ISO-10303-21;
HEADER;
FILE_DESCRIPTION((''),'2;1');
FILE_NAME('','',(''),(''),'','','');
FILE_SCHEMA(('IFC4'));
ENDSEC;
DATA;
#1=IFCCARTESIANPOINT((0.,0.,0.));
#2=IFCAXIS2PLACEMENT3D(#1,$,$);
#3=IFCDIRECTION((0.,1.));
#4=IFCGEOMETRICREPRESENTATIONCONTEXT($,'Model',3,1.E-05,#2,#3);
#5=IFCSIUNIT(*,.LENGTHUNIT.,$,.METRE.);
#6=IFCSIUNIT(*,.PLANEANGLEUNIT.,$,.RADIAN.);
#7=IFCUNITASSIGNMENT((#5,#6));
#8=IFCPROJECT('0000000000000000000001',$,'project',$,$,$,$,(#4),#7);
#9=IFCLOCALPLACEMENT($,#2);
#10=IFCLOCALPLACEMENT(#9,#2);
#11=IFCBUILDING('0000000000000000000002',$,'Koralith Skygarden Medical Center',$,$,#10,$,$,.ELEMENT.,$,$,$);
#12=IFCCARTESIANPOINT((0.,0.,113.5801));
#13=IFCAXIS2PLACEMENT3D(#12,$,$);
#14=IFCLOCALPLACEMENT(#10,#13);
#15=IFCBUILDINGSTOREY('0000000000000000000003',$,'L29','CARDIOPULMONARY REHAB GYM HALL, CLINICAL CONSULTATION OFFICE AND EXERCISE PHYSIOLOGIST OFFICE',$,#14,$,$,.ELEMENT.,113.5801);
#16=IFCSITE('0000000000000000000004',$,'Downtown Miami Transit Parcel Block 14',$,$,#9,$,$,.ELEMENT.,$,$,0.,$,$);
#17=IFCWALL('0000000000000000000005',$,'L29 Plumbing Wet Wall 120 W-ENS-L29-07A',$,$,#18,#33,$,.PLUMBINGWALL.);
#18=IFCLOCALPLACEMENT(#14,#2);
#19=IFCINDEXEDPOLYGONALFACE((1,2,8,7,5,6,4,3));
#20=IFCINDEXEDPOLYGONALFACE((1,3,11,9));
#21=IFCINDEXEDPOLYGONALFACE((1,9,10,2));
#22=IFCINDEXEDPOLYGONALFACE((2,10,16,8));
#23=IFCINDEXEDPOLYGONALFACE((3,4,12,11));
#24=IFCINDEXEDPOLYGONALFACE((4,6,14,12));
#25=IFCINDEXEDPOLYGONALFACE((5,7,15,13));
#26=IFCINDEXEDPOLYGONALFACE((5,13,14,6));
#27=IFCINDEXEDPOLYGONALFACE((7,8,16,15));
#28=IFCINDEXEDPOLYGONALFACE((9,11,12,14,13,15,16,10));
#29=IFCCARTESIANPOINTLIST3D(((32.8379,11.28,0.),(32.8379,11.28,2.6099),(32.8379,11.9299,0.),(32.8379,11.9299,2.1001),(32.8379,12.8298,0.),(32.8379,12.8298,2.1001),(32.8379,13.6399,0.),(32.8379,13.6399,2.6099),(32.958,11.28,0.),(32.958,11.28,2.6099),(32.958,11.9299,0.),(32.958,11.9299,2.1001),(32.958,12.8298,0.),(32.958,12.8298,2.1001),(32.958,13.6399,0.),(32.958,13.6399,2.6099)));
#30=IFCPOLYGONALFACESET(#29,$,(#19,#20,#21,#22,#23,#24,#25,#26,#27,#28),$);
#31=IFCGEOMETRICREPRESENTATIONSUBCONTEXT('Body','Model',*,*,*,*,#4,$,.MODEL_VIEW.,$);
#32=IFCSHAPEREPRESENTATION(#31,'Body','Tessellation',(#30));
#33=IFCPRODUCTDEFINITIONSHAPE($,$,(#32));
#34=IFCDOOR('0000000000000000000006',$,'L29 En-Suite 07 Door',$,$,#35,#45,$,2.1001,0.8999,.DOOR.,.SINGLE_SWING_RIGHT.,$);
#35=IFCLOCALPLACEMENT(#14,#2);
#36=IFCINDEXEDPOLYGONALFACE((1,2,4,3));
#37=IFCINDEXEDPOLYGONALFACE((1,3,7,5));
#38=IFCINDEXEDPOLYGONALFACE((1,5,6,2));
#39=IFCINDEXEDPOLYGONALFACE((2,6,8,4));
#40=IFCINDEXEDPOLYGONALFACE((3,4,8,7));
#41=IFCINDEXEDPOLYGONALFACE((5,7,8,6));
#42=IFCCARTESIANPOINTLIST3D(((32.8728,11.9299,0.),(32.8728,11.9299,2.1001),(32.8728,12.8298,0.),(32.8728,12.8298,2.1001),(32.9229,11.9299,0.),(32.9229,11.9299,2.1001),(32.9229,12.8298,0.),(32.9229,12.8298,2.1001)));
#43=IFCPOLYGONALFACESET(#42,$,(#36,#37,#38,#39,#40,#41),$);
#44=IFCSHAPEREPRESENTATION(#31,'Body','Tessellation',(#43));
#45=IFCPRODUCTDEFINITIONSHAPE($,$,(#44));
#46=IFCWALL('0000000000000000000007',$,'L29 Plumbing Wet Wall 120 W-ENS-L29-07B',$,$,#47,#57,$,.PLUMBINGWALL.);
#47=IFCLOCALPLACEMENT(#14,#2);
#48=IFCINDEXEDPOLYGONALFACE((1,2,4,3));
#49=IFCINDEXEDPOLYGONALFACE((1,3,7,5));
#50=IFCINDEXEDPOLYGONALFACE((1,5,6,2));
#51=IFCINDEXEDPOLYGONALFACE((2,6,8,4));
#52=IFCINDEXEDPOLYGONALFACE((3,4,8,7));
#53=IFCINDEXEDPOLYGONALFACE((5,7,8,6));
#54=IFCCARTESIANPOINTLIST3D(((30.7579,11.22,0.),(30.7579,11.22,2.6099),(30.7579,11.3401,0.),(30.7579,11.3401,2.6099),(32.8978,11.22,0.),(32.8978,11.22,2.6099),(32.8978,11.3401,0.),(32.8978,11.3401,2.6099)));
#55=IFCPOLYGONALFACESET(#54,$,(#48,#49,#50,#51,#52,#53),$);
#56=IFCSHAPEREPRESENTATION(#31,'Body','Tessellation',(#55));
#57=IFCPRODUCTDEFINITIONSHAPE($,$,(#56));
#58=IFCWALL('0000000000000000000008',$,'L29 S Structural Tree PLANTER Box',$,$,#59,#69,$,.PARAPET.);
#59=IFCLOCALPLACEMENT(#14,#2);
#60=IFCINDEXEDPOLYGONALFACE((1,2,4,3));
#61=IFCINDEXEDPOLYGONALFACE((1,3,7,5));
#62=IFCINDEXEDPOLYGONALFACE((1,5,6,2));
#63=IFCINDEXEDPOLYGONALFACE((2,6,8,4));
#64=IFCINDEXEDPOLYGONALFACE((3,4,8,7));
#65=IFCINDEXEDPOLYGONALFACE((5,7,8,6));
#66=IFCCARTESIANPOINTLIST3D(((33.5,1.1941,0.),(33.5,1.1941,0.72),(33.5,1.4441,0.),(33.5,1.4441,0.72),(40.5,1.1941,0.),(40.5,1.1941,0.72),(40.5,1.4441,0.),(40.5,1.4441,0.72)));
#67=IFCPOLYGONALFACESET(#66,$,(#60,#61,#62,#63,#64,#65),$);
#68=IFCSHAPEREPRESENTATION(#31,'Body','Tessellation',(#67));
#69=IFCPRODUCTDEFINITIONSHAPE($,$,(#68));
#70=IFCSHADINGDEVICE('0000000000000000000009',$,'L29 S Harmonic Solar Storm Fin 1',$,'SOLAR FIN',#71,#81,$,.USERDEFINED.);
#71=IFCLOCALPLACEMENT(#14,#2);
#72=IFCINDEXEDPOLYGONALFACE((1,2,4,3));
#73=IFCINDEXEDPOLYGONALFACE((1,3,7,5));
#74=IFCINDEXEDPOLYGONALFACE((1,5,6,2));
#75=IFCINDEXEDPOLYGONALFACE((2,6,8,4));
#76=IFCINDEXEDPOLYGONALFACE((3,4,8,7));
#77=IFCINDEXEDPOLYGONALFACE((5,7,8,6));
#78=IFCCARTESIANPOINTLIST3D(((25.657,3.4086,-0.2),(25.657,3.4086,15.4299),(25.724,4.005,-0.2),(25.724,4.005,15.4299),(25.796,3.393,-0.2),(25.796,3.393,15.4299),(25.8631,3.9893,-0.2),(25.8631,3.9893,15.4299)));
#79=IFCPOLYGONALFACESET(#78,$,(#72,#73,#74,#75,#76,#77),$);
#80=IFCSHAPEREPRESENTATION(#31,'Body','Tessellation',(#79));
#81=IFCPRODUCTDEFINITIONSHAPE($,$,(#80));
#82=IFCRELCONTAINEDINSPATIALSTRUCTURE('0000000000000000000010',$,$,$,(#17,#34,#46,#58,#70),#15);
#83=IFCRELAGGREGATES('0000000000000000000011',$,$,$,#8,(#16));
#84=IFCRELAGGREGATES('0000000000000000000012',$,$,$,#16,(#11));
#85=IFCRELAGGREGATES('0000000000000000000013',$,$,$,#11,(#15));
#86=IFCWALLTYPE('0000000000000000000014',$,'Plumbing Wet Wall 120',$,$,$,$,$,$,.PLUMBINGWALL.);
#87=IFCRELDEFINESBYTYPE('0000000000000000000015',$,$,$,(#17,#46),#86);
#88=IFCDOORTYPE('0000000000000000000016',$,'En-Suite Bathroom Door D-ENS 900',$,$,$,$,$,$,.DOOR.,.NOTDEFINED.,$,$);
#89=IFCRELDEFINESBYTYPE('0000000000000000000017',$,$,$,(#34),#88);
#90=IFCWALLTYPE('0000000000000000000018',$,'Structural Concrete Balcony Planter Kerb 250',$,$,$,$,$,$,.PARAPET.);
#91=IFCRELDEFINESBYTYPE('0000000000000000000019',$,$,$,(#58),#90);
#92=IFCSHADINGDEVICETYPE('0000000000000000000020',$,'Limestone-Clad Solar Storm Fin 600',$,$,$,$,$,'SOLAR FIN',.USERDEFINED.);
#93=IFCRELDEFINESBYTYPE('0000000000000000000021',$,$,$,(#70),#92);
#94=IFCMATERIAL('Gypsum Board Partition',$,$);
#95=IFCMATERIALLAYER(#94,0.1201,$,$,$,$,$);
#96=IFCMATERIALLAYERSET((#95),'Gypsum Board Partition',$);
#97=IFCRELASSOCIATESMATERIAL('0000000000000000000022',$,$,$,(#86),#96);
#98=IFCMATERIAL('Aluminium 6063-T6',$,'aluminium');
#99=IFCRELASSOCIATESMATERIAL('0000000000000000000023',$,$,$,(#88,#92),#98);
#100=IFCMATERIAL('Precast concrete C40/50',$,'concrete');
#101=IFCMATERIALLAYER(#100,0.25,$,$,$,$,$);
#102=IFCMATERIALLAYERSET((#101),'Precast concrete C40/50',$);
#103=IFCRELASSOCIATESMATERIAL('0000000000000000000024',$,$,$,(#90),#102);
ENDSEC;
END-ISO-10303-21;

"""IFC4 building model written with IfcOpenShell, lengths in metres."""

from ifc_helpers import new_model, si_unit, direction, frame, frame_2d, origin, origin_2d, place, context, subcontext, project, spatial, rectangle, extrude, material, layer, layer_set, type_object, element, fill, save


model = new_model("IFC4")

# Units and contexts
model_context = context("Model", 3, precision=1e-05, world=origin(), true_north=direction((0.0, 1.0)))
body_context = subcontext(model_context, "Body", "Model", "MODEL_VIEW")
ifc_project = project(units=[si_unit("LENGTHUNIT", "METRE"), si_unit("PLANEANGLEUNIT", "RADIAN")], contexts=[model_context])

# Site, building, storey
site_placement = place(None, origin())
site = spatial("IfcSite", under=ifc_project, at=site_placement, Name="Downtown Miami Transit Parcel Block 14", CompositionType="ELEMENT", RefElevation=0.0)
building_placement = place(site_placement, origin())
building = spatial("IfcBuilding", under=site, at=building_placement, Name="Koralith Skygarden Medical Center", CompositionType="ELEMENT")
storey_placement = place(building_placement, frame((0.0, 0.0, 113.5801)))
storey = spatial("IfcBuildingStorey", under=building, at=storey_placement, Name="L29", Description="CARDIOPULMONARY REHAB GYM HALL, CLINICAL CONSULTATION OFFICE AND EXERCISE PHYSIOLOGIST OFFICE", CompositionType="ELEMENT", Elevation=113.5801)

# Shared definitions
ifc_material_1 = material(Name="Aluminium 6063-T6", Category="aluminium")

# Shared definitions
ifc_material_2 = material(Name="Gypsum Board Partition")

# Wall, opening, door
ifc_layer_1 = layer(ifc_material_2, 0.1201)
ifc_layer_set_1 = layer_set([ifc_layer_1], Name="Gypsum Board Partition")
wall_type_1 = type_object("IfcWallType", Name="Plumbing Wet Wall 120", PredefinedType="PLUMBINGWALL", material=ifc_layer_set_1)
wall_1_placement = place(storey_placement, frame((32.8979, 11.28, 0.0), z_axis=(0.0, 0.0, 1.0), x_axis=(0.0, 1.0, 0.0)))
wall_1 = element("IfcWall", 1, at=wall_1_placement, inside=storey, type_object=wall_type_1, Name="L29 Plumbing Wet Wall 120 W-ENS-L29-07A", PredefinedType="PLUMBINGWALL", context=body_context, shape_type="SweptSolid", body=[
    extrude(rectangle(XDim=2.3599, YDim=0.1201, at=frame_2d((1.1799, 0.0))), origin(), (0.0, 0.0, 1.0), 2.6099),
])
opening_1_placement = place(wall_1_placement, frame((0.6499, 0.0, 0.0)))
opening_1 = element("IfcOpeningElement", 2, at=opening_1_placement, cuts=wall_1, PredefinedType="OPENING", context=body_context, shape_type="SweptSolid", body=[
    extrude(rectangle(XDim=0.8999, YDim=2.1001, at=frame_2d((0.45, 1.05))), frame((0.0, 0.0701, 0.0), z_axis=(0.0, -1.0, 0.0), x_axis=(1.0, 0.0, 0.0)), (0.0, 0.0, 1.0), 0.1401),
])
door_type_1 = type_object("IfcDoorType", Name="En-Suite Bathroom Door D-ENS 900", OperationType="NOTDEFINED", PredefinedType="DOOR", material=ifc_material_1)
door_1_placement = place(opening_1_placement, frame((0.8999, 0.0, 0.0), z_axis=(0.0, 0.0, 1.0), x_axis=(-1.0, 0.0, 0.0)))
door_1 = element("IfcDoor", 3, at=door_1_placement, inside=storey, type_object=door_type_1, Name="L29 En-Suite 07 Door", OperationType="SINGLE_SWING_RIGHT", OverallHeight=2.1001, OverallWidth=0.8999, PredefinedType="DOOR", context=body_context, shape_type="SweptSolid", body=[
    extrude(rectangle(XDim=0.8999, YDim=2.1001, at=frame_2d((0.45, 1.05))), frame((0.0, 0.0249, 0.0), z_axis=(0.0, -1.0, 0.0), x_axis=(1.0, 0.0, 0.0)), (0.0, 0.0, 1.0), 0.05),
])
fill(opening_1, door_1)

# Walls
wall_2_placement = place(storey_placement, frame((30.7581, 11.28, 0.0), z_axis=(0.0, 0.0, 1.0), x_axis=(1.0, 0.0, 0.0)))
element("IfcWall", 4, at=wall_2_placement, inside=storey, type_object=wall_type_1, Name="L29 Plumbing Wet Wall 120 W-ENS-L29-07B", PredefinedType="PLUMBINGWALL", context=body_context, shape_type="SweptSolid", body=[
    extrude(rectangle(XDim=2.1399, YDim=0.1201, at=frame_2d((1.0698, 0.0))), origin(), (0.0, 0.0, 1.0), 2.6099),
])
ifc_material_3 = material(Name="Precast concrete C40/50", Category="concrete")
ifc_layer_2 = layer(ifc_material_3, 0.25)
ifc_layer_set_2 = layer_set([ifc_layer_2], Name="Precast concrete C40/50")
wall_type_2 = type_object("IfcWallType", Name="Structural Concrete Balcony Planter Kerb 250", PredefinedType="PARAPET", material=ifc_layer_set_2)
wall_3_placement = place(storey_placement, frame((33.5, 1.3191, 0.0), z_axis=(0.0, 0.0, 1.0), x_axis=(1.0, 0.0, 0.0)))
element("IfcWall", 5, at=wall_3_placement, inside=storey, type_object=wall_type_2, Name="L29 S Structural Tree PLANTER Box", PredefinedType="PARAPET", context=body_context, shape_type="SweptSolid", body=[
    extrude(rectangle(XDim=7.0, YDim=0.25, at=frame_2d((3.5, 0.0))), origin(), (0.0, 0.0, 1.0), 0.72),
])

# Shading device
shading_device_type = type_object("IfcShadingDeviceType", Name="Limestone-Clad Solar Storm Fin 600", ElementType="SOLAR FIN", PredefinedType="USERDEFINED", material=ifc_material_1)
shading_device_placement = place(storey_placement, frame((25.76, 3.699, -0.2), z_axis=(0.0, 0.0, 1.0), x_axis=(-0.111781, -0.993733, 0.0)))
element("IfcShadingDevice", 6, at=shading_device_placement, inside=storey, type_object=shading_device_type, Name="L29 S Harmonic Solar Storm Fin 1", ObjectType="SOLAR FIN", PredefinedType="USERDEFINED", context=body_context, shape_type="SweptSolid", body=[
    extrude(rectangle(XDim=0.6001, YDim=0.1399, at=origin_2d()), origin(), (0.0, 0.0, 1.0), 15.6299),
])

save(model, "model.ifc")
